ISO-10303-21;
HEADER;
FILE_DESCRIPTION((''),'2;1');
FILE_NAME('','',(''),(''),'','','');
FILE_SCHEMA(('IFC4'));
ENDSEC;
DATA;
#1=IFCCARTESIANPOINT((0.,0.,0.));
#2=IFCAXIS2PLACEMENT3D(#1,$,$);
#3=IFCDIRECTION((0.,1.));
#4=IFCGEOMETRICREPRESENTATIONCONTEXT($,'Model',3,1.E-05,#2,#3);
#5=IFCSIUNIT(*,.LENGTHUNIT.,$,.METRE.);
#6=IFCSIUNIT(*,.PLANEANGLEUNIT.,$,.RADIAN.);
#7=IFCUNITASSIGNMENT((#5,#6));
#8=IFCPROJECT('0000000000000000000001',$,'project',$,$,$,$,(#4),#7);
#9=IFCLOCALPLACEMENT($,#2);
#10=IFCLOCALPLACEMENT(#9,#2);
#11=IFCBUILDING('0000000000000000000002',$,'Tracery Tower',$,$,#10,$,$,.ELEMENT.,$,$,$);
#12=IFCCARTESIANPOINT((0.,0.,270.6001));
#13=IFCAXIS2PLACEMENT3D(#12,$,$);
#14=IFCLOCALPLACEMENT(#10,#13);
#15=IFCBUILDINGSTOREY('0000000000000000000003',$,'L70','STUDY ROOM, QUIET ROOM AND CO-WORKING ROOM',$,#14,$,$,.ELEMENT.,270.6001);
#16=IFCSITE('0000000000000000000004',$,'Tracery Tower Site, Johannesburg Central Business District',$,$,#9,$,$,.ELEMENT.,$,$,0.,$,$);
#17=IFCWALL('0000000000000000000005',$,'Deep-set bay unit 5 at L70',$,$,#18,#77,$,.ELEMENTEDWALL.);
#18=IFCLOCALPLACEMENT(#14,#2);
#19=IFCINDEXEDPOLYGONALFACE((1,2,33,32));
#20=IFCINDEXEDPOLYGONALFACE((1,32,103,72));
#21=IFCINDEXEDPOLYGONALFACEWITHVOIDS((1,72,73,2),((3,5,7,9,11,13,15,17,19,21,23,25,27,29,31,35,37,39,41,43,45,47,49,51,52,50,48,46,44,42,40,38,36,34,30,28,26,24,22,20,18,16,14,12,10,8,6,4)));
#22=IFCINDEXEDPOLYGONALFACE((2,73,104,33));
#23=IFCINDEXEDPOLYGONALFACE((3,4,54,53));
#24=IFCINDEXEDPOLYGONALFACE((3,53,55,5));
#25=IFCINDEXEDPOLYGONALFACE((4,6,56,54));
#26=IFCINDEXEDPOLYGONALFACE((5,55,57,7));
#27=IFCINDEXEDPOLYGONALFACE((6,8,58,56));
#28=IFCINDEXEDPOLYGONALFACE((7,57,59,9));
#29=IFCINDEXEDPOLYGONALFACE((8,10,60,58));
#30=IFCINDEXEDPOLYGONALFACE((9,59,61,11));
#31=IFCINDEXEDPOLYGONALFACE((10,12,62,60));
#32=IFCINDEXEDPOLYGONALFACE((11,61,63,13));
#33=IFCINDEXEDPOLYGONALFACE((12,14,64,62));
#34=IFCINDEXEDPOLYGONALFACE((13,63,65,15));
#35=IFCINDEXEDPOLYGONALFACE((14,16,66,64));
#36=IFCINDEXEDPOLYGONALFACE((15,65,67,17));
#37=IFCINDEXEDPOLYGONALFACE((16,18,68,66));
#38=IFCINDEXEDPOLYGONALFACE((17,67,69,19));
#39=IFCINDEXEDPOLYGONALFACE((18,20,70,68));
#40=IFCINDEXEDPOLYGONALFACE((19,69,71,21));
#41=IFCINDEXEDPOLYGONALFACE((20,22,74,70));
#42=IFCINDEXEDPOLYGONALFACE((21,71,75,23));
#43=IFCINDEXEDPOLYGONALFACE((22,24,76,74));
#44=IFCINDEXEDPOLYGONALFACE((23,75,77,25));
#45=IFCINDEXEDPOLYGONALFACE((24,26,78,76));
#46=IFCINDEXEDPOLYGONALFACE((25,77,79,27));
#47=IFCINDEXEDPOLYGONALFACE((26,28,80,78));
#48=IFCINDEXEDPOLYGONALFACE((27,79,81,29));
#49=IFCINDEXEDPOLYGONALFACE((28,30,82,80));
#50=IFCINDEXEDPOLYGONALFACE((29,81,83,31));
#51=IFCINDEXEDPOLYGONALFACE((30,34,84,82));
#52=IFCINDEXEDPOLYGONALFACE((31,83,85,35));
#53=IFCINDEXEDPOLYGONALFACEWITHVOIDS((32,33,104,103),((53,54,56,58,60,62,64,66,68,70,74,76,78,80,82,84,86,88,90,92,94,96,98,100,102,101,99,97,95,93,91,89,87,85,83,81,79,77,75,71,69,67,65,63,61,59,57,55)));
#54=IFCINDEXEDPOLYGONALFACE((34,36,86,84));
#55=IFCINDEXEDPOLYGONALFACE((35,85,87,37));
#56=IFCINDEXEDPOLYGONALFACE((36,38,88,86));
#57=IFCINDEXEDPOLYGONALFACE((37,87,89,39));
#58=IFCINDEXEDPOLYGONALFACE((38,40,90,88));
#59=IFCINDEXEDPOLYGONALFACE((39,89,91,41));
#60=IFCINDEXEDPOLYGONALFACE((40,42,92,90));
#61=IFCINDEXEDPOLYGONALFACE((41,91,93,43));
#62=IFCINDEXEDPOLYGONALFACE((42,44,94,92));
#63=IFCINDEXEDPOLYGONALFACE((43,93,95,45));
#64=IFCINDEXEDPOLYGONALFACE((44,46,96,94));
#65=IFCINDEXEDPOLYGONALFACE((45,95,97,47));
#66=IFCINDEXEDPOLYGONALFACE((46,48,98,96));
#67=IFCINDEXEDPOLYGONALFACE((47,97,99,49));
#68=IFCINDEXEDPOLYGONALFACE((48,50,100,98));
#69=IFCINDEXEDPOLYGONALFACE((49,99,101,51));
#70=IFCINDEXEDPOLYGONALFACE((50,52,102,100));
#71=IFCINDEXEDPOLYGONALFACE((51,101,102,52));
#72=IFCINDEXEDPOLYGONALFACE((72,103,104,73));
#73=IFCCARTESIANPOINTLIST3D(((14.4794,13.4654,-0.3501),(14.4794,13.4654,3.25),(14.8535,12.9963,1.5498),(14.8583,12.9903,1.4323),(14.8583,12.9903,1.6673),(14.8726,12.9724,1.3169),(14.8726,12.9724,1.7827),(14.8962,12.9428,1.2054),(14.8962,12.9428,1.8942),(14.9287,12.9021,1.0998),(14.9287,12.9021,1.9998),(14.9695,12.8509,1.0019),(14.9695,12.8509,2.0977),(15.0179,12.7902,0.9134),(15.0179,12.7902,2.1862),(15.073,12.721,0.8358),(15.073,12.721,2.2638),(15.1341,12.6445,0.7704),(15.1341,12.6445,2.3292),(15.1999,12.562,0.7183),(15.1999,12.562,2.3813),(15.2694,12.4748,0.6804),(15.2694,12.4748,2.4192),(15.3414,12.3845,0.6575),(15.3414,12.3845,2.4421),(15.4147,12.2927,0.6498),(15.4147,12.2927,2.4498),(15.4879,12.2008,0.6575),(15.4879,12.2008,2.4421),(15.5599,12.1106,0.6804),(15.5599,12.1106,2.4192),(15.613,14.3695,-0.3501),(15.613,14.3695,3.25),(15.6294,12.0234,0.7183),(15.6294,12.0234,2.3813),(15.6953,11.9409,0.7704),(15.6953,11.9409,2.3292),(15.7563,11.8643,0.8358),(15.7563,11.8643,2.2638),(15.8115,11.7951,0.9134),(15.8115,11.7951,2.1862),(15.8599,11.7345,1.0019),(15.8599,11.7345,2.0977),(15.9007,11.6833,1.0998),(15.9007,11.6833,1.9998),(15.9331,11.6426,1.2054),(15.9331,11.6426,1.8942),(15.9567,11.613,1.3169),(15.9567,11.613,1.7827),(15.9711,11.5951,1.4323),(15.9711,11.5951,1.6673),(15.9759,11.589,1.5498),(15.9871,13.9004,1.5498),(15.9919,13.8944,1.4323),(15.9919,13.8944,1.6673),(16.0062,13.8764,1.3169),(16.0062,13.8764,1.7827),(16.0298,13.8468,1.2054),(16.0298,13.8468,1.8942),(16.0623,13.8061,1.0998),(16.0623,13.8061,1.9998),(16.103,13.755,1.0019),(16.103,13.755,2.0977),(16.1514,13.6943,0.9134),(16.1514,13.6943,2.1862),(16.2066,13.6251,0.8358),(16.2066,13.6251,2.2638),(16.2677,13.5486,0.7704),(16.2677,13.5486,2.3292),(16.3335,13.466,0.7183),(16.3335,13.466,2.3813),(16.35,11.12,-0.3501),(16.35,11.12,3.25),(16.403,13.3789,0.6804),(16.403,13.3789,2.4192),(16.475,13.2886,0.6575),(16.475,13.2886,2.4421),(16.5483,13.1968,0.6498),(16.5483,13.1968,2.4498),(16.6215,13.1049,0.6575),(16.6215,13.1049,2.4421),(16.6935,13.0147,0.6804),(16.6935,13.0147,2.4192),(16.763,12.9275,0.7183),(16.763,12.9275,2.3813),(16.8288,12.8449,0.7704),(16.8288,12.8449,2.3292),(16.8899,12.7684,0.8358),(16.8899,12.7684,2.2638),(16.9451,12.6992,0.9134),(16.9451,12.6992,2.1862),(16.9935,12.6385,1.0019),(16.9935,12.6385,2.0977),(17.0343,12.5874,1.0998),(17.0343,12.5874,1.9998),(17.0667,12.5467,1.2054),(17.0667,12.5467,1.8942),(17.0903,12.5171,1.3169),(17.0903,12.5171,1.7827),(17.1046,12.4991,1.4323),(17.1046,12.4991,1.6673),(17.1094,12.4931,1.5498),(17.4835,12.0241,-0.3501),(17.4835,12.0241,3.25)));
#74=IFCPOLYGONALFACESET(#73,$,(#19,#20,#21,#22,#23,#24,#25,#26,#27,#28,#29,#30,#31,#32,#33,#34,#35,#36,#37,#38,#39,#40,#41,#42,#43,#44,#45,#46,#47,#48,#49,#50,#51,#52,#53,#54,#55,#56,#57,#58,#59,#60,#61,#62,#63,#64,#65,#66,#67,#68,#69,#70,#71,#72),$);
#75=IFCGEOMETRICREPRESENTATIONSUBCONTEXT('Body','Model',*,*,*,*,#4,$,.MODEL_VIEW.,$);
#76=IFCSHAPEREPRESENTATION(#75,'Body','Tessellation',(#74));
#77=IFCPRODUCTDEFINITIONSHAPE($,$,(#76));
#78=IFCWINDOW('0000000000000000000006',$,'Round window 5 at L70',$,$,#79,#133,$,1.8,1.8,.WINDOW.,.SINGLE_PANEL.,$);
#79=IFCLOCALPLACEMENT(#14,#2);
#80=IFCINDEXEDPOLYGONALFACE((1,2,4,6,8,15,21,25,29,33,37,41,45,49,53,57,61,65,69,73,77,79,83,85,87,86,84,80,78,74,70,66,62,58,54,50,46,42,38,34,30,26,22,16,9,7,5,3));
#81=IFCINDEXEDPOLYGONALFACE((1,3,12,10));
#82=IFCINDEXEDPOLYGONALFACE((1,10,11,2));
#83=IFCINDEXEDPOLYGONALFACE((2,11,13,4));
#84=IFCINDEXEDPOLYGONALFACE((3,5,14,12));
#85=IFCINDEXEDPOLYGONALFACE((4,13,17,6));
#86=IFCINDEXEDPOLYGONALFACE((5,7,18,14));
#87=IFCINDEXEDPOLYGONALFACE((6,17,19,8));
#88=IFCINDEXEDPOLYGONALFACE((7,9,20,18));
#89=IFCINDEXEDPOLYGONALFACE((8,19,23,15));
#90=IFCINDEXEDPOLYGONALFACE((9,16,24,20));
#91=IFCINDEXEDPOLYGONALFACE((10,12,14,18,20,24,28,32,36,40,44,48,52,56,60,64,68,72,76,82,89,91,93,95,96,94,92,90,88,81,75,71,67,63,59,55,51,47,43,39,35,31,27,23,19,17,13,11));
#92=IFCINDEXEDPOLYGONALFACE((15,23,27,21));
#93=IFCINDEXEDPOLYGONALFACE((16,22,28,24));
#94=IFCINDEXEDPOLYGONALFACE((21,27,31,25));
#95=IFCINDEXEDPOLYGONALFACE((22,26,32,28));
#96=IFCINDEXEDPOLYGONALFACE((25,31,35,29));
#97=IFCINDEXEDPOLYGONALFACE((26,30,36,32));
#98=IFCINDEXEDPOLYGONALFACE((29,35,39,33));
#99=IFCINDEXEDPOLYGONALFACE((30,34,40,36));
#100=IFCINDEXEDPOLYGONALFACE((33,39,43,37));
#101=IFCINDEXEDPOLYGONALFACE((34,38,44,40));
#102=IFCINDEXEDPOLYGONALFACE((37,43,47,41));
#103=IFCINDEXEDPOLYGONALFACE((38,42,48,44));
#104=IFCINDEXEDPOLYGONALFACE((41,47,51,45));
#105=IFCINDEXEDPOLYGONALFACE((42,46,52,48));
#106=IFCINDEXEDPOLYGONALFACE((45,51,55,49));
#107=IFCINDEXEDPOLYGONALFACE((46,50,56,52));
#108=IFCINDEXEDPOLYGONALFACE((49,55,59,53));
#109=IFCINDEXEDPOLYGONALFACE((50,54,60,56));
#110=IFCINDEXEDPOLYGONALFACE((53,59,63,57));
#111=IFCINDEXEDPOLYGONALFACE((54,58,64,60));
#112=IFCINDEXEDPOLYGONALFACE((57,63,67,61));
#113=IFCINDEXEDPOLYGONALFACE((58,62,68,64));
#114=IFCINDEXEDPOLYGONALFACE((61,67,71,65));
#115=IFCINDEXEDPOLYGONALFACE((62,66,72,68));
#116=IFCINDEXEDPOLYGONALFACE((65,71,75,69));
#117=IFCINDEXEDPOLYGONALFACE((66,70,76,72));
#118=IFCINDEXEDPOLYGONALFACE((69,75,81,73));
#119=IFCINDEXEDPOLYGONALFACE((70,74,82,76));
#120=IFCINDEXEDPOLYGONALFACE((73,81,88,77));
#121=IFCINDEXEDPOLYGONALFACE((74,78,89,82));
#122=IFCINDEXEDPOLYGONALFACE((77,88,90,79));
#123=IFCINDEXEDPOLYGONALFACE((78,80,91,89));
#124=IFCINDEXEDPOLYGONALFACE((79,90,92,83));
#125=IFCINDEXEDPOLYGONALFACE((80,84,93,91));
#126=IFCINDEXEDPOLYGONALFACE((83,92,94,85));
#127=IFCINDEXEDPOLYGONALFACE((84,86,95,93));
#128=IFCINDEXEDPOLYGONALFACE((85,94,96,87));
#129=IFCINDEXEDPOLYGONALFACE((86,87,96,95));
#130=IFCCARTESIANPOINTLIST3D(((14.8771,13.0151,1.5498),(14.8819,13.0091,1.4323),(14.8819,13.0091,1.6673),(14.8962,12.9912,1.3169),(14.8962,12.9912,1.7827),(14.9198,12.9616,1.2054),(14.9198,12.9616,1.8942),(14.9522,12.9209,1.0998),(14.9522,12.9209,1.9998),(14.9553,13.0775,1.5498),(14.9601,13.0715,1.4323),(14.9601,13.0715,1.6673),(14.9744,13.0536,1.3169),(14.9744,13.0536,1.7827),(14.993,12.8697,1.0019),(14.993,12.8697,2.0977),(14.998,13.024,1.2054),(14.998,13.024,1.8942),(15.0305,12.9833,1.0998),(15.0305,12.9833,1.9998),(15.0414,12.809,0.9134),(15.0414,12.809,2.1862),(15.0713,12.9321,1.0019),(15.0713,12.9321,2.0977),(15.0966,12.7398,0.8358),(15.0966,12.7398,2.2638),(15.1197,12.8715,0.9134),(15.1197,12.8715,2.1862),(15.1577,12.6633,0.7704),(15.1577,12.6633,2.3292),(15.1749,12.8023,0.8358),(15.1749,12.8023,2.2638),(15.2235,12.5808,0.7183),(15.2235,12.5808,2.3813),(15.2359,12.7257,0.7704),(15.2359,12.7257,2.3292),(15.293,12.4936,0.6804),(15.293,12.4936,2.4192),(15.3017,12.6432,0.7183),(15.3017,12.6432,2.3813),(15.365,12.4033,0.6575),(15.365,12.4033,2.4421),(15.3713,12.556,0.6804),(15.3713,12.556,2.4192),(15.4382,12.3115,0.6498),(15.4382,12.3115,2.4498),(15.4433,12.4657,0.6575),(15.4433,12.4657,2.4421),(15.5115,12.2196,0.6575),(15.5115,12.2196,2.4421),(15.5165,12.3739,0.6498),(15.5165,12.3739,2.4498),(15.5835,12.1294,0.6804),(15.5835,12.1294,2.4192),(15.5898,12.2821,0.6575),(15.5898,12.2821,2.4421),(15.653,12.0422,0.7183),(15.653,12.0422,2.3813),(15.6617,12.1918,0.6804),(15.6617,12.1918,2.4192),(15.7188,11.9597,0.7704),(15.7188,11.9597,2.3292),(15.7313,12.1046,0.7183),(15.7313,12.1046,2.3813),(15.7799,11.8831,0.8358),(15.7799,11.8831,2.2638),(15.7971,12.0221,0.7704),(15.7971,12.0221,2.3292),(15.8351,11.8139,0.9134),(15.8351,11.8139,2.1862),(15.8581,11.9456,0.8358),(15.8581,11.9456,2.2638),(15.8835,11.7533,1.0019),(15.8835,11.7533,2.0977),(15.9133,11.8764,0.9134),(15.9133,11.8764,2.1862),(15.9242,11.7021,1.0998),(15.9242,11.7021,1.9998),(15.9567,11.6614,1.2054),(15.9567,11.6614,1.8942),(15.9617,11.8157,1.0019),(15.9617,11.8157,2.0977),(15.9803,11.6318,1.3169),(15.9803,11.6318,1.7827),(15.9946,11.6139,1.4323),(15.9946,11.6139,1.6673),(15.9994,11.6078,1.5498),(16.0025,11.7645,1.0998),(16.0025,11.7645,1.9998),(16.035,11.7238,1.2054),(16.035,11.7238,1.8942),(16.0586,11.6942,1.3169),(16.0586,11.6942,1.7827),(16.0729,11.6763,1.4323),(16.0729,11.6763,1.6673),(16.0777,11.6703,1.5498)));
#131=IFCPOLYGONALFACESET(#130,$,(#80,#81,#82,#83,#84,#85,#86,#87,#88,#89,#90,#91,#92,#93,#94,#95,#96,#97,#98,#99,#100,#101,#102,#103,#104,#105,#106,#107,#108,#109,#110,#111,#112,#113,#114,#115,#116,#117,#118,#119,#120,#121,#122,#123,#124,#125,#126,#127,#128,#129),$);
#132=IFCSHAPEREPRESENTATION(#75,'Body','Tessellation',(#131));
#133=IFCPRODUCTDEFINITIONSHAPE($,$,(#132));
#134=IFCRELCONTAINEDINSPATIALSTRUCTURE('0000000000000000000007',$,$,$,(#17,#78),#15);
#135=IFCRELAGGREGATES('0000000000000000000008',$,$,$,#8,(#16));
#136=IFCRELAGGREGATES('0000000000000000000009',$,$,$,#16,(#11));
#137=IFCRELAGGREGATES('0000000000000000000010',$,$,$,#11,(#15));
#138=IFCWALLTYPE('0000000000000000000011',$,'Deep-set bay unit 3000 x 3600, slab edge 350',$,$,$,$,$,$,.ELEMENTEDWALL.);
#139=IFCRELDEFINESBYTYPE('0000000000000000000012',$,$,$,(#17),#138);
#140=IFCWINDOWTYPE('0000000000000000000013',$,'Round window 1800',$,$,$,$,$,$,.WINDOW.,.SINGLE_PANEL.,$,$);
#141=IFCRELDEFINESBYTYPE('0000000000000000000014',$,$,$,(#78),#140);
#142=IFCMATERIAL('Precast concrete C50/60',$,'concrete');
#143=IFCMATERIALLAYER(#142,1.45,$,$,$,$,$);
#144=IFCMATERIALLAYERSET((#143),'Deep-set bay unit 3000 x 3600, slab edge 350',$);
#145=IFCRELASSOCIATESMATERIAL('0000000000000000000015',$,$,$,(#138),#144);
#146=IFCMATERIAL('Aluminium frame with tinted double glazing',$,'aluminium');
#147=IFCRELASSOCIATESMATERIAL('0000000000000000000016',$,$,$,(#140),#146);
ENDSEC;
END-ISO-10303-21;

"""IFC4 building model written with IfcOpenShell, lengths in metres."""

from ifc_helpers import new_model, si_unit, direction, frame, frame_2d, origin, origin_2d, place, context, subcontext, project, spatial, rectangle, circle, extrude, material, layer, layer_set, type_object, element, fill, save


model = new_model("IFC4")

# Units and contexts
model_context = context("Model", 3, precision=1e-05, world=origin(), true_north=direction((0.0, 1.0)))
body_context = subcontext(model_context, "Body", "Model", "MODEL_VIEW")
ifc_project = project(units=[si_unit("LENGTHUNIT", "METRE"), si_unit("PLANEANGLEUNIT", "RADIAN")], contexts=[model_context])

# Site, building, storey
site_placement = place(None, origin())
site = spatial("IfcSite", under=ifc_project, at=site_placement, Name="Tracery Tower Site, Johannesburg Central Business District", CompositionType="ELEMENT", RefElevation=0.0)
building_placement = place(site_placement, origin())
building = spatial("IfcBuilding", under=site, at=building_placement, Name="Tracery Tower", CompositionType="ELEMENT")
storey_placement = place(building_placement, frame((0.0, 0.0, 270.6001)))
storey = spatial("IfcBuildingStorey", under=building, at=storey_placement, Name="L70", Description="STUDY ROOM, QUIET ROOM AND CO-WORKING ROOM", CompositionType="ELEMENT", Elevation=270.6001)

# Wall, opening, window
ifc_material_1 = material(Name="Precast concrete C50/60", Category="concrete")
ifc_layer_1 = layer(ifc_material_1, 1.45)
ifc_layer_set_1 = layer_set([ifc_layer_1], Name="Deep-set bay unit 3000 x 3600, slab edge 350")
wall_type_1 = type_object("IfcWallType", Name="Deep-set bay unit 3000 x 3600, slab edge 350", PredefinedType="ELEMENTEDWALL", material=ifc_layer_set_1)
wall_1_placement = place(storey_placement, frame((16.9167, 11.572, -0.3501), z_axis=(0.0, 0.0, 1.0), x_axis=(-0.623523, 0.781805, 0.0)))
wall_1 = element("IfcWall", 1, at=wall_1_placement, inside=storey, type_object=wall_type_1, Name="Deep-set bay unit 5 at L70", PredefinedType="ELEMENTEDWALL", context=body_context, shape_type="SweptSolid", body=[
    extrude(rectangle(XDim=3.0, YDim=1.45, at=frame_2d((1.5, 0.0))), origin(), (0.0, 0.0, 1.0), 3.6001),
])
opening_1_placement = place(wall_1_placement, frame((1.5, 0.0, 1.8999)))
opening_1 = element("IfcOpeningElement", 2, at=opening_1_placement, cuts=wall_1, PredefinedType="OPENING", context=body_context, shape_type="SweptSolid", body=[
    extrude(circle(Radius=0.9, at=origin_2d()), frame((0.0, 0.7349, 0.0), z_axis=(0.0, -1.0, 0.0), x_axis=(1.0, 0.0, 0.0)), (0.0, 0.0, 1.0), 1.47),
])
ifc_material_2 = material(Name="Aluminium frame with tinted double glazing", Category="aluminium")
window_type = type_object("IfcWindowType", Name="Round window 1800", PartitioningType="SINGLE_PANEL", PredefinedType="WINDOW", material=ifc_material_2)
window_1_placement = place(opening_1_placement, origin())
window_1 = element("IfcWindow", 3, at=window_1_placement, inside=storey, type_object=window_type, Name="Round window 5 at L70", OverallHeight=1.8, OverallWidth=1.8, PartitioningType="SINGLE_PANEL", PredefinedType="WINDOW", context=body_context, shape_type="SweptSolid", body=[
    extrude(circle(Radius=0.9, at=origin_2d()), frame((0.0, 0.6948, 0.0), z_axis=(0.0, -1.0, 0.0), x_axis=(1.0, 0.0, 0.0)), (0.0, 0.0, 1.0), 0.1001),
])
fill(opening_1, window_1)

save(model, "model.ifc")
